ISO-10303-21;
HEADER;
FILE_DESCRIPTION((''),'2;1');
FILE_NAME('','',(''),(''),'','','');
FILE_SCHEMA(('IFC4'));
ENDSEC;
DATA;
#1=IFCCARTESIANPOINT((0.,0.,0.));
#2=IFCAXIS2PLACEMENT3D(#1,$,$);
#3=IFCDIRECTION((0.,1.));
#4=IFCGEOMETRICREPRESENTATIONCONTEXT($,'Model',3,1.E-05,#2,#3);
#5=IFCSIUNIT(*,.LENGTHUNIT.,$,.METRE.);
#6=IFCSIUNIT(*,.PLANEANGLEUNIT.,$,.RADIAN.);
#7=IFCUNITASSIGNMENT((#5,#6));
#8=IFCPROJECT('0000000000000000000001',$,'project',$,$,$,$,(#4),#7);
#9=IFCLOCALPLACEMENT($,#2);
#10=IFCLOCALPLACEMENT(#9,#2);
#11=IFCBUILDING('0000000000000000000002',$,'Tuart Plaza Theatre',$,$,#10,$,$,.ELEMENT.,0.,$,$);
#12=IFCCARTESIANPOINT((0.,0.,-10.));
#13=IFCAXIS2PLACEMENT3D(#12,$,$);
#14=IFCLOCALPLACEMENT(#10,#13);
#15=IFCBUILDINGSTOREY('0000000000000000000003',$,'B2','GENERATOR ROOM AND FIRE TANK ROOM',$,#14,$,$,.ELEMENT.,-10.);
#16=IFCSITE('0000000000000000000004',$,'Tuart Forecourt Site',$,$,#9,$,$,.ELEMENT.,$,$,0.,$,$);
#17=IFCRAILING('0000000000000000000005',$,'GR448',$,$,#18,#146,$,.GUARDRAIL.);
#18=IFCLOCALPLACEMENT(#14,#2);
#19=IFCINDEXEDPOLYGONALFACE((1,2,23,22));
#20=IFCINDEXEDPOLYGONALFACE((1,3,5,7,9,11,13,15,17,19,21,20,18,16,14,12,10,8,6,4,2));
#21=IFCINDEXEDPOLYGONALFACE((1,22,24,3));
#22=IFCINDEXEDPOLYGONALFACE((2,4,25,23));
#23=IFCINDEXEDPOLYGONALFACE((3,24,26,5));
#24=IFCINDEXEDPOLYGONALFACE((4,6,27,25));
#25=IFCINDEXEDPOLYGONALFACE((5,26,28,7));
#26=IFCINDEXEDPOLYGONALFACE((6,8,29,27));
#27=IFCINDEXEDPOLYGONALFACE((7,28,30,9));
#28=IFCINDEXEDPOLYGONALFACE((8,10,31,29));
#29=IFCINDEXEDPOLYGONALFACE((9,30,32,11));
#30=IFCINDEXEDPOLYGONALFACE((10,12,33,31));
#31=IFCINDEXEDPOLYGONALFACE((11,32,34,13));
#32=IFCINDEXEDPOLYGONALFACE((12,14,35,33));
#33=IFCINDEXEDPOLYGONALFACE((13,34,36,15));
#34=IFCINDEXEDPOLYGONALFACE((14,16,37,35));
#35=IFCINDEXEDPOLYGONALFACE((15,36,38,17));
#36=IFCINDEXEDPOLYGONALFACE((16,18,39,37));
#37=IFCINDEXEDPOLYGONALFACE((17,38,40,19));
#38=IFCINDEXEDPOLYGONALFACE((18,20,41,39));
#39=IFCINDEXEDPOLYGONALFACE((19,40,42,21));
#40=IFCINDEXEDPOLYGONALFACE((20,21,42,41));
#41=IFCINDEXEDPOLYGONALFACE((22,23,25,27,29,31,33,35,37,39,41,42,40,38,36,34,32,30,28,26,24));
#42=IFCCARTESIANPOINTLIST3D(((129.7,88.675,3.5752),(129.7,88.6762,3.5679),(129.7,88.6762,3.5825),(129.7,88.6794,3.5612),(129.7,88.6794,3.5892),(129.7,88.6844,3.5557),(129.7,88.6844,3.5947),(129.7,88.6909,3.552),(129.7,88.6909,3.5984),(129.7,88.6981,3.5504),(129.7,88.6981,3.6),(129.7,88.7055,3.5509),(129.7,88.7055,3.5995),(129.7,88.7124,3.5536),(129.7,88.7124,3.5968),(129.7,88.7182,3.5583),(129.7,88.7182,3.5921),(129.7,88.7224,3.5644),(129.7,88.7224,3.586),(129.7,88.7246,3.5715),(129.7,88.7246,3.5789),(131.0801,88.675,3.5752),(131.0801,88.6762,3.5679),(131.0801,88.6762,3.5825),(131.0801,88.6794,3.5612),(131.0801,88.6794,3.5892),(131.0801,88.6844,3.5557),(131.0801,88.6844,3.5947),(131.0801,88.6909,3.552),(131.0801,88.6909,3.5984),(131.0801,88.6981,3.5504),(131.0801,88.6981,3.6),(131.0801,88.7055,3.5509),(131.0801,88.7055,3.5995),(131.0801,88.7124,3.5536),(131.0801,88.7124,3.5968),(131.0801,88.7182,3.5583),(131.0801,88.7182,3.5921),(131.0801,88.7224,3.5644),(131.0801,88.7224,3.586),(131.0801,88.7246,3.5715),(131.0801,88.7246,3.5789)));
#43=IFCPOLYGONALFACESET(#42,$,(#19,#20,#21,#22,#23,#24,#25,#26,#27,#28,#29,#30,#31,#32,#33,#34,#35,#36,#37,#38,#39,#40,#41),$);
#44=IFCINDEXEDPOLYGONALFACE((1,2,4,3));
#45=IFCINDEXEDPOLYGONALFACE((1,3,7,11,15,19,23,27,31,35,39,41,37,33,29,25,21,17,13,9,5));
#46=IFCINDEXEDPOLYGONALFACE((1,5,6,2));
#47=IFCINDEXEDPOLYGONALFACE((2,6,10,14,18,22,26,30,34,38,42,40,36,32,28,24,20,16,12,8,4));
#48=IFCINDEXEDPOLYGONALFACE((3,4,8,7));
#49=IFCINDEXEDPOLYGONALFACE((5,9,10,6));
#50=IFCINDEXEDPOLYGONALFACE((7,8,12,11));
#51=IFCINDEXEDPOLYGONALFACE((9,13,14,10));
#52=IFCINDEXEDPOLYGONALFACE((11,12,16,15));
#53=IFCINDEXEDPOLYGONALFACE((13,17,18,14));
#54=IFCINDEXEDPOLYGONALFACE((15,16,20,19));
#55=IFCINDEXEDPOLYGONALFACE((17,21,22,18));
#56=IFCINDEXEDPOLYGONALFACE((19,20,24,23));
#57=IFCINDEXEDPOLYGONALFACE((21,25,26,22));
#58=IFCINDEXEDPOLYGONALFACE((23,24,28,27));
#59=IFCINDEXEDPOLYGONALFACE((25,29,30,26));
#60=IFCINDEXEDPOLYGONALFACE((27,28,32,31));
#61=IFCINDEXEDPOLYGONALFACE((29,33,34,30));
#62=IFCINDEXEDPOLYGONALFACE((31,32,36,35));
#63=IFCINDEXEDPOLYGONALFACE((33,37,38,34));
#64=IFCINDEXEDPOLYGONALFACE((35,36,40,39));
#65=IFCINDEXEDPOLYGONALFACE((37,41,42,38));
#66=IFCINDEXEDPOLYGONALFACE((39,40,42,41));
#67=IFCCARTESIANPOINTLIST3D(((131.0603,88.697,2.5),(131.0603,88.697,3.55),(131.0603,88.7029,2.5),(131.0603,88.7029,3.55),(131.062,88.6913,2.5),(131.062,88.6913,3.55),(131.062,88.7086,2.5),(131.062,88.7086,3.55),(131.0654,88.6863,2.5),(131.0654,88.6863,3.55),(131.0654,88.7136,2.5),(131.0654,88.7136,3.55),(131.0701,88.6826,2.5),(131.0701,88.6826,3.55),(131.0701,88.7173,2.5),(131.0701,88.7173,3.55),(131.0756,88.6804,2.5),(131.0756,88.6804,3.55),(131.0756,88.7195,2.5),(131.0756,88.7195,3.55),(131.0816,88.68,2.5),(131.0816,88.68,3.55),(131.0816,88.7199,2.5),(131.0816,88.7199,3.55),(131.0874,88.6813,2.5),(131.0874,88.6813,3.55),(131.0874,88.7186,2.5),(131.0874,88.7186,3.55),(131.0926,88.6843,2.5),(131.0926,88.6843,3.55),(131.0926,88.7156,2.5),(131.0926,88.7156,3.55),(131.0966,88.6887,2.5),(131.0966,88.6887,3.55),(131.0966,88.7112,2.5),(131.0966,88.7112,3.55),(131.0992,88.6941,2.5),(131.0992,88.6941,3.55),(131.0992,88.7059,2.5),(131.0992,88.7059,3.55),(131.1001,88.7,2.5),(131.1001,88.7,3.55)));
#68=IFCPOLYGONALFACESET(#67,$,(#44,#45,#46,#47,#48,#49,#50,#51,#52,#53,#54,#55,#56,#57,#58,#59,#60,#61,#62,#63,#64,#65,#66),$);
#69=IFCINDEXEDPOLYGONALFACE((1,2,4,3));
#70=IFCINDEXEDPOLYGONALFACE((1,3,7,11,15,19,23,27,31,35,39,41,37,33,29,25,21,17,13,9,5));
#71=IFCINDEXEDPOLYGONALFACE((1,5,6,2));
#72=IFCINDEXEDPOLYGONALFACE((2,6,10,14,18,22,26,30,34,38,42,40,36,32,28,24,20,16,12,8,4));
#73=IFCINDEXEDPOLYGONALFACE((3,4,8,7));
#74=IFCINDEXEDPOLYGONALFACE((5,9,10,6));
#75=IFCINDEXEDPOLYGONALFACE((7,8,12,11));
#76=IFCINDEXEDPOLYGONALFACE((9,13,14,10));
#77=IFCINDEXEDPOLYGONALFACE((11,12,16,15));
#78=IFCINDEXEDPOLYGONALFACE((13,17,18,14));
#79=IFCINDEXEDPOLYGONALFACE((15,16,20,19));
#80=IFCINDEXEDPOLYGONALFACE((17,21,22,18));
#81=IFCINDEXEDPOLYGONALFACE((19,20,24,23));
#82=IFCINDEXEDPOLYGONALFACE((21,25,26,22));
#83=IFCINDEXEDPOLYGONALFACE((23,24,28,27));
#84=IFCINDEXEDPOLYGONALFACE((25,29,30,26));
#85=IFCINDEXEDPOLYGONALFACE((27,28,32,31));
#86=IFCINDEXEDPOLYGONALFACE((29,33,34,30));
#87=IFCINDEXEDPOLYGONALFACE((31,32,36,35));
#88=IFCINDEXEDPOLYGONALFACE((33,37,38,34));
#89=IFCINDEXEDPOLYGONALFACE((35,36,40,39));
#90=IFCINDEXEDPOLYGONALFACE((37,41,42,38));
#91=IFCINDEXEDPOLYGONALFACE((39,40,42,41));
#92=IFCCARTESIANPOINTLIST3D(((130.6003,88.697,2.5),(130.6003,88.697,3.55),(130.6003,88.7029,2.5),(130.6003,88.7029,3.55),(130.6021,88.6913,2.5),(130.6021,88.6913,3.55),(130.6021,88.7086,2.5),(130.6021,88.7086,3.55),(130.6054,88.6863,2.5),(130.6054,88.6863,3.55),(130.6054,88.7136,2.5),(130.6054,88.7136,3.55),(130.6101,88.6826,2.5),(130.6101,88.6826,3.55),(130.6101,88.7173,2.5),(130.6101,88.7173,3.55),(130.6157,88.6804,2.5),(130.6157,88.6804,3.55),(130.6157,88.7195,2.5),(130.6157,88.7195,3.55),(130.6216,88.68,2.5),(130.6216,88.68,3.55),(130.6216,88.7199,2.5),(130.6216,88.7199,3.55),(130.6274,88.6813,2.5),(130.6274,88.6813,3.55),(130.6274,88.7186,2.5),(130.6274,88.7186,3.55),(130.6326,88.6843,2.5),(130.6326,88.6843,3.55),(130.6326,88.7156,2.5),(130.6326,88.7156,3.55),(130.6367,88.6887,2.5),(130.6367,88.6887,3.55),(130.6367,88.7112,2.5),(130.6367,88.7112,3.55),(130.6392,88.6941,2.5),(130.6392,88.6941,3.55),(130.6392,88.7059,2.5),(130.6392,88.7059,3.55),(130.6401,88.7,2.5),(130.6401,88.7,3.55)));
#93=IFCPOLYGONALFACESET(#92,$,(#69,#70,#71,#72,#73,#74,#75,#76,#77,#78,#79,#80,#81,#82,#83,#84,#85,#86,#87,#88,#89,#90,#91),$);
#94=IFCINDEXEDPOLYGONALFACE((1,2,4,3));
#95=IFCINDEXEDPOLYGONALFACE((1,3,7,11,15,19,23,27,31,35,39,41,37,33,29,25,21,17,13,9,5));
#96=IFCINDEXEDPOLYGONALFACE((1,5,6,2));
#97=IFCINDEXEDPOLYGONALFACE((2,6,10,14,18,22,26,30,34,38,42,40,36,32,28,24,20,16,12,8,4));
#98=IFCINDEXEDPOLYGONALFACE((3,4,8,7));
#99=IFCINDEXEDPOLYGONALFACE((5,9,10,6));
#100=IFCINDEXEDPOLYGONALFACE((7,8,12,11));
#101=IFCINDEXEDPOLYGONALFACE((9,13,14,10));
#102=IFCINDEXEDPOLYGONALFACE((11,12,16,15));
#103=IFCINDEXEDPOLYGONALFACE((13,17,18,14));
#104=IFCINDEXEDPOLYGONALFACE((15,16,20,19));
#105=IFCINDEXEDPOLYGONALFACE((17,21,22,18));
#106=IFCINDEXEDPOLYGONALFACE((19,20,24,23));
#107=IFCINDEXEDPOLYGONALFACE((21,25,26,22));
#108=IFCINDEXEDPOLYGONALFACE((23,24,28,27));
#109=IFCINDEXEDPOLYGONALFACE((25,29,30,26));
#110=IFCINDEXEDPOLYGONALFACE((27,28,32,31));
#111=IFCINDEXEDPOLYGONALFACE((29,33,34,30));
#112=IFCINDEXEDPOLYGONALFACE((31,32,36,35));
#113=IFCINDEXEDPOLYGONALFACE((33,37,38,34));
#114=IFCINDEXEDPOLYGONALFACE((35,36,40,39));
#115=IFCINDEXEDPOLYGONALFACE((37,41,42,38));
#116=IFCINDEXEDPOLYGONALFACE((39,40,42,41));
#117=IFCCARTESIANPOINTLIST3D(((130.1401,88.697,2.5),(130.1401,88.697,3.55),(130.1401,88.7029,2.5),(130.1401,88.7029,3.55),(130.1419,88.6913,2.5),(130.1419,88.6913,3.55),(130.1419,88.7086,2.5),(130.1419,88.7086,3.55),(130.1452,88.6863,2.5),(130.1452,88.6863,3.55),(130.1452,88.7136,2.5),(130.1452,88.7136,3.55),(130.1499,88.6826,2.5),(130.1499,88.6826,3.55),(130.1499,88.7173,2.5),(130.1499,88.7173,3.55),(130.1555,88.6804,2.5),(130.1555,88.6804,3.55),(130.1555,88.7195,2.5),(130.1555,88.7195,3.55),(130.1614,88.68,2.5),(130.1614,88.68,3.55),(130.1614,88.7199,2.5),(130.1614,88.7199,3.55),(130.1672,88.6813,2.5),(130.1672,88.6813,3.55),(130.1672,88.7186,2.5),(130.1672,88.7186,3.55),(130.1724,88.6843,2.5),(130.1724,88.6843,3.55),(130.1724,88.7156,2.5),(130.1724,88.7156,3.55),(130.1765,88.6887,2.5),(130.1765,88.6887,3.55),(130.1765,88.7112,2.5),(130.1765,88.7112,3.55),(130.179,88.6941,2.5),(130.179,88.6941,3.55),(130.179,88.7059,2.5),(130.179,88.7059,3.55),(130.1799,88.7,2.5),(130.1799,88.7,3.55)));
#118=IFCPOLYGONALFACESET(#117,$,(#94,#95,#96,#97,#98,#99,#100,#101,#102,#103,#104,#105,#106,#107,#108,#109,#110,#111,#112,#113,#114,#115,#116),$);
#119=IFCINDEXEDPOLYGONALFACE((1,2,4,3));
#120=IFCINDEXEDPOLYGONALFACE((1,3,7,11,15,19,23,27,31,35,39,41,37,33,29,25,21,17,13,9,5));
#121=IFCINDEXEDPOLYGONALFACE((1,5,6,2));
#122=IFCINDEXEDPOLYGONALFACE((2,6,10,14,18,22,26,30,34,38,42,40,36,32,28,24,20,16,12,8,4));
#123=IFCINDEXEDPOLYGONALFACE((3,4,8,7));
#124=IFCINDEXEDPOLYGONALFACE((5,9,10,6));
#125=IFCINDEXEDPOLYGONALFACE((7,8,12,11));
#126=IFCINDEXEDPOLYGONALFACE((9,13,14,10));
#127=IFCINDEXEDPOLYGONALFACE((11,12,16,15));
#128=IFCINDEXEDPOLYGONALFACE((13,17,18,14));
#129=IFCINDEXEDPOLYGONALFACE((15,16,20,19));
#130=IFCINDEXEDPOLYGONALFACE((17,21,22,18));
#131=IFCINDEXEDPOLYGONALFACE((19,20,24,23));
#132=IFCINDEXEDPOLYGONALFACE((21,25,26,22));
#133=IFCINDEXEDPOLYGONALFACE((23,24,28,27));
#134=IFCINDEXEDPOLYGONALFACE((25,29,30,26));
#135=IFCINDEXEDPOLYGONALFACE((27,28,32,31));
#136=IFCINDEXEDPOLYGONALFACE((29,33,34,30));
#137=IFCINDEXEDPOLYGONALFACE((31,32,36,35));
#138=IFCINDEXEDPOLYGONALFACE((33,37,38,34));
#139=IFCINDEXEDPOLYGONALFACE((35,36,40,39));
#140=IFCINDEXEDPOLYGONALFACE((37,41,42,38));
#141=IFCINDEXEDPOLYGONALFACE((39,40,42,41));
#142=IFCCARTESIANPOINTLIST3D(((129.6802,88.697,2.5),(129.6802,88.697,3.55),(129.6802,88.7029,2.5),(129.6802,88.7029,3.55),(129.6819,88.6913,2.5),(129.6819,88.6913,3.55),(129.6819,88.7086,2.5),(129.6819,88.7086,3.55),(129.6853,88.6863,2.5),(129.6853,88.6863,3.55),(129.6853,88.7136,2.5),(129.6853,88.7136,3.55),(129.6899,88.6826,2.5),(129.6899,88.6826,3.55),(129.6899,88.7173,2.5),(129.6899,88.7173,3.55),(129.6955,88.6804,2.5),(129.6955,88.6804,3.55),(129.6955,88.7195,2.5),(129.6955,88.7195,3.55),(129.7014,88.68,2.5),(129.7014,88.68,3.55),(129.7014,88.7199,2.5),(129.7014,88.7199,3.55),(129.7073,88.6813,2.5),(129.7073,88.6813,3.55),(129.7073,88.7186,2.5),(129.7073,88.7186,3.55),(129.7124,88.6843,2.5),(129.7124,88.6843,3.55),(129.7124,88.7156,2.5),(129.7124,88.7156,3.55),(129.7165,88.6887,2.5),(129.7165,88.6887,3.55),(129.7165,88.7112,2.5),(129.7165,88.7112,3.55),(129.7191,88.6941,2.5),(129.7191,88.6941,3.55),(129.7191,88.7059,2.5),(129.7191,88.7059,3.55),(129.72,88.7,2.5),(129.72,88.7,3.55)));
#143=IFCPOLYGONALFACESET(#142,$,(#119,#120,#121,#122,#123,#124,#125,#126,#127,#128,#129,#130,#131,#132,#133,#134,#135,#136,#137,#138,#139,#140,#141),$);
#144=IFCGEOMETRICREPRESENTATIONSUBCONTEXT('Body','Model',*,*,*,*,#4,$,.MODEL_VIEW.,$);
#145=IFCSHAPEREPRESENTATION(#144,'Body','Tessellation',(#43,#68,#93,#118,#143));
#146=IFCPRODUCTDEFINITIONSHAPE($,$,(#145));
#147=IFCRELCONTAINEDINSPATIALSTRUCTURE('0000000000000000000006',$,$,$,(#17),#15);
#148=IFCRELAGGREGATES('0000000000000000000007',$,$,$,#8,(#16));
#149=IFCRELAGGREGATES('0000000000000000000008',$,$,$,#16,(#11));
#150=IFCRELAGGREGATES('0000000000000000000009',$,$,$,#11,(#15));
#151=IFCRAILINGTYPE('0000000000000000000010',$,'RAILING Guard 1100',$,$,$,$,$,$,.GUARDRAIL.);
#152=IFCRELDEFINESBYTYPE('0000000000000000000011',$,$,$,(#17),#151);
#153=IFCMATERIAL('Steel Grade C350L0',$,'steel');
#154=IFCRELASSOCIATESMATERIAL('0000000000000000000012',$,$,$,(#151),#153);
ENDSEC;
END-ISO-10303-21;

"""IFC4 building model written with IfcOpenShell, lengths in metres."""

from ifc_helpers import new_model, si_unit, direction, frame, origin, origin_2d, place, context, subcontext, project, spatial, circle, extrude, material, type_object, element, save


model = new_model("IFC4")

# Units and contexts
model_context = context("Model", 3, precision=1e-05, world=origin(), true_north=direction((0.0, 1.0)))
body_context = subcontext(model_context, "Body", "Model", "MODEL_VIEW")
ifc_project = project(units=[si_unit("LENGTHUNIT", "METRE"), si_unit("PLANEANGLEUNIT", "RADIAN")], contexts=[model_context])

# Site, building, storey
site_placement = place(None, origin())
site = spatial("IfcSite", under=ifc_project, at=site_placement, Name="Tuart Forecourt Site", CompositionType="ELEMENT", RefElevation=0.0)
building_placement = place(site_placement, origin())
building = spatial("IfcBuilding", under=site, at=building_placement, Name="Tuart Plaza Theatre", CompositionType="ELEMENT", ElevationOfRefHeight=0.0)
storey_placement = place(building_placement, frame((0.0, 0.0, -10.0)))
storey = spatial("IfcBuildingStorey", under=building, at=storey_placement, Name="B2", Description="GENERATOR ROOM AND FIRE TANK ROOM", CompositionType="ELEMENT", Elevation=-10.0)

# Railing
ifc_material_1 = material(Name="Steel Grade C350L0", Category="steel")
railing_type_1 = type_object("IfcRailingType", Name="RAILING Guard 1100", PredefinedType="GUARDRAIL", material=ifc_material_1)
railing_1_placement = place(storey_placement, frame((131.0801, 88.7, 2.5)))
element("IfcRailing", 1, at=railing_1_placement, inside=storey, type_object=railing_type_1, Name="GR448", PredefinedType="GUARDRAIL", context=body_context, shape_type="SweptSolid", body=[
    extrude(circle(Radius=0.0249, at=origin_2d()), frame((0.0, 0.0, 1.0752), z_axis=(-1.0, 0.0, 0.0), x_axis=(0.0, -1.0, 0.0)), (0.0, 0.0, 1.0), 1.3801),
    extrude(circle(Radius=0.02, at=origin_2d()), origin(), (0.0, 0.0, 1.0), 1.05),
    extrude(circle(Radius=0.02, at=origin_2d()), frame((-0.46, 0.0, 0.0)), (0.0, 0.0, 1.0), 1.05),
    extrude(circle(Radius=0.02, at=origin_2d()), frame((-0.9202, 0.0, 0.0)), (0.0, 0.0, 1.0), 1.05),
    extrude(circle(Radius=0.02, at=origin_2d()), frame((-1.3801, 0.0, 0.0)), (0.0, 0.0, 1.0), 1.05),
])

save(model, "model.ifc")
